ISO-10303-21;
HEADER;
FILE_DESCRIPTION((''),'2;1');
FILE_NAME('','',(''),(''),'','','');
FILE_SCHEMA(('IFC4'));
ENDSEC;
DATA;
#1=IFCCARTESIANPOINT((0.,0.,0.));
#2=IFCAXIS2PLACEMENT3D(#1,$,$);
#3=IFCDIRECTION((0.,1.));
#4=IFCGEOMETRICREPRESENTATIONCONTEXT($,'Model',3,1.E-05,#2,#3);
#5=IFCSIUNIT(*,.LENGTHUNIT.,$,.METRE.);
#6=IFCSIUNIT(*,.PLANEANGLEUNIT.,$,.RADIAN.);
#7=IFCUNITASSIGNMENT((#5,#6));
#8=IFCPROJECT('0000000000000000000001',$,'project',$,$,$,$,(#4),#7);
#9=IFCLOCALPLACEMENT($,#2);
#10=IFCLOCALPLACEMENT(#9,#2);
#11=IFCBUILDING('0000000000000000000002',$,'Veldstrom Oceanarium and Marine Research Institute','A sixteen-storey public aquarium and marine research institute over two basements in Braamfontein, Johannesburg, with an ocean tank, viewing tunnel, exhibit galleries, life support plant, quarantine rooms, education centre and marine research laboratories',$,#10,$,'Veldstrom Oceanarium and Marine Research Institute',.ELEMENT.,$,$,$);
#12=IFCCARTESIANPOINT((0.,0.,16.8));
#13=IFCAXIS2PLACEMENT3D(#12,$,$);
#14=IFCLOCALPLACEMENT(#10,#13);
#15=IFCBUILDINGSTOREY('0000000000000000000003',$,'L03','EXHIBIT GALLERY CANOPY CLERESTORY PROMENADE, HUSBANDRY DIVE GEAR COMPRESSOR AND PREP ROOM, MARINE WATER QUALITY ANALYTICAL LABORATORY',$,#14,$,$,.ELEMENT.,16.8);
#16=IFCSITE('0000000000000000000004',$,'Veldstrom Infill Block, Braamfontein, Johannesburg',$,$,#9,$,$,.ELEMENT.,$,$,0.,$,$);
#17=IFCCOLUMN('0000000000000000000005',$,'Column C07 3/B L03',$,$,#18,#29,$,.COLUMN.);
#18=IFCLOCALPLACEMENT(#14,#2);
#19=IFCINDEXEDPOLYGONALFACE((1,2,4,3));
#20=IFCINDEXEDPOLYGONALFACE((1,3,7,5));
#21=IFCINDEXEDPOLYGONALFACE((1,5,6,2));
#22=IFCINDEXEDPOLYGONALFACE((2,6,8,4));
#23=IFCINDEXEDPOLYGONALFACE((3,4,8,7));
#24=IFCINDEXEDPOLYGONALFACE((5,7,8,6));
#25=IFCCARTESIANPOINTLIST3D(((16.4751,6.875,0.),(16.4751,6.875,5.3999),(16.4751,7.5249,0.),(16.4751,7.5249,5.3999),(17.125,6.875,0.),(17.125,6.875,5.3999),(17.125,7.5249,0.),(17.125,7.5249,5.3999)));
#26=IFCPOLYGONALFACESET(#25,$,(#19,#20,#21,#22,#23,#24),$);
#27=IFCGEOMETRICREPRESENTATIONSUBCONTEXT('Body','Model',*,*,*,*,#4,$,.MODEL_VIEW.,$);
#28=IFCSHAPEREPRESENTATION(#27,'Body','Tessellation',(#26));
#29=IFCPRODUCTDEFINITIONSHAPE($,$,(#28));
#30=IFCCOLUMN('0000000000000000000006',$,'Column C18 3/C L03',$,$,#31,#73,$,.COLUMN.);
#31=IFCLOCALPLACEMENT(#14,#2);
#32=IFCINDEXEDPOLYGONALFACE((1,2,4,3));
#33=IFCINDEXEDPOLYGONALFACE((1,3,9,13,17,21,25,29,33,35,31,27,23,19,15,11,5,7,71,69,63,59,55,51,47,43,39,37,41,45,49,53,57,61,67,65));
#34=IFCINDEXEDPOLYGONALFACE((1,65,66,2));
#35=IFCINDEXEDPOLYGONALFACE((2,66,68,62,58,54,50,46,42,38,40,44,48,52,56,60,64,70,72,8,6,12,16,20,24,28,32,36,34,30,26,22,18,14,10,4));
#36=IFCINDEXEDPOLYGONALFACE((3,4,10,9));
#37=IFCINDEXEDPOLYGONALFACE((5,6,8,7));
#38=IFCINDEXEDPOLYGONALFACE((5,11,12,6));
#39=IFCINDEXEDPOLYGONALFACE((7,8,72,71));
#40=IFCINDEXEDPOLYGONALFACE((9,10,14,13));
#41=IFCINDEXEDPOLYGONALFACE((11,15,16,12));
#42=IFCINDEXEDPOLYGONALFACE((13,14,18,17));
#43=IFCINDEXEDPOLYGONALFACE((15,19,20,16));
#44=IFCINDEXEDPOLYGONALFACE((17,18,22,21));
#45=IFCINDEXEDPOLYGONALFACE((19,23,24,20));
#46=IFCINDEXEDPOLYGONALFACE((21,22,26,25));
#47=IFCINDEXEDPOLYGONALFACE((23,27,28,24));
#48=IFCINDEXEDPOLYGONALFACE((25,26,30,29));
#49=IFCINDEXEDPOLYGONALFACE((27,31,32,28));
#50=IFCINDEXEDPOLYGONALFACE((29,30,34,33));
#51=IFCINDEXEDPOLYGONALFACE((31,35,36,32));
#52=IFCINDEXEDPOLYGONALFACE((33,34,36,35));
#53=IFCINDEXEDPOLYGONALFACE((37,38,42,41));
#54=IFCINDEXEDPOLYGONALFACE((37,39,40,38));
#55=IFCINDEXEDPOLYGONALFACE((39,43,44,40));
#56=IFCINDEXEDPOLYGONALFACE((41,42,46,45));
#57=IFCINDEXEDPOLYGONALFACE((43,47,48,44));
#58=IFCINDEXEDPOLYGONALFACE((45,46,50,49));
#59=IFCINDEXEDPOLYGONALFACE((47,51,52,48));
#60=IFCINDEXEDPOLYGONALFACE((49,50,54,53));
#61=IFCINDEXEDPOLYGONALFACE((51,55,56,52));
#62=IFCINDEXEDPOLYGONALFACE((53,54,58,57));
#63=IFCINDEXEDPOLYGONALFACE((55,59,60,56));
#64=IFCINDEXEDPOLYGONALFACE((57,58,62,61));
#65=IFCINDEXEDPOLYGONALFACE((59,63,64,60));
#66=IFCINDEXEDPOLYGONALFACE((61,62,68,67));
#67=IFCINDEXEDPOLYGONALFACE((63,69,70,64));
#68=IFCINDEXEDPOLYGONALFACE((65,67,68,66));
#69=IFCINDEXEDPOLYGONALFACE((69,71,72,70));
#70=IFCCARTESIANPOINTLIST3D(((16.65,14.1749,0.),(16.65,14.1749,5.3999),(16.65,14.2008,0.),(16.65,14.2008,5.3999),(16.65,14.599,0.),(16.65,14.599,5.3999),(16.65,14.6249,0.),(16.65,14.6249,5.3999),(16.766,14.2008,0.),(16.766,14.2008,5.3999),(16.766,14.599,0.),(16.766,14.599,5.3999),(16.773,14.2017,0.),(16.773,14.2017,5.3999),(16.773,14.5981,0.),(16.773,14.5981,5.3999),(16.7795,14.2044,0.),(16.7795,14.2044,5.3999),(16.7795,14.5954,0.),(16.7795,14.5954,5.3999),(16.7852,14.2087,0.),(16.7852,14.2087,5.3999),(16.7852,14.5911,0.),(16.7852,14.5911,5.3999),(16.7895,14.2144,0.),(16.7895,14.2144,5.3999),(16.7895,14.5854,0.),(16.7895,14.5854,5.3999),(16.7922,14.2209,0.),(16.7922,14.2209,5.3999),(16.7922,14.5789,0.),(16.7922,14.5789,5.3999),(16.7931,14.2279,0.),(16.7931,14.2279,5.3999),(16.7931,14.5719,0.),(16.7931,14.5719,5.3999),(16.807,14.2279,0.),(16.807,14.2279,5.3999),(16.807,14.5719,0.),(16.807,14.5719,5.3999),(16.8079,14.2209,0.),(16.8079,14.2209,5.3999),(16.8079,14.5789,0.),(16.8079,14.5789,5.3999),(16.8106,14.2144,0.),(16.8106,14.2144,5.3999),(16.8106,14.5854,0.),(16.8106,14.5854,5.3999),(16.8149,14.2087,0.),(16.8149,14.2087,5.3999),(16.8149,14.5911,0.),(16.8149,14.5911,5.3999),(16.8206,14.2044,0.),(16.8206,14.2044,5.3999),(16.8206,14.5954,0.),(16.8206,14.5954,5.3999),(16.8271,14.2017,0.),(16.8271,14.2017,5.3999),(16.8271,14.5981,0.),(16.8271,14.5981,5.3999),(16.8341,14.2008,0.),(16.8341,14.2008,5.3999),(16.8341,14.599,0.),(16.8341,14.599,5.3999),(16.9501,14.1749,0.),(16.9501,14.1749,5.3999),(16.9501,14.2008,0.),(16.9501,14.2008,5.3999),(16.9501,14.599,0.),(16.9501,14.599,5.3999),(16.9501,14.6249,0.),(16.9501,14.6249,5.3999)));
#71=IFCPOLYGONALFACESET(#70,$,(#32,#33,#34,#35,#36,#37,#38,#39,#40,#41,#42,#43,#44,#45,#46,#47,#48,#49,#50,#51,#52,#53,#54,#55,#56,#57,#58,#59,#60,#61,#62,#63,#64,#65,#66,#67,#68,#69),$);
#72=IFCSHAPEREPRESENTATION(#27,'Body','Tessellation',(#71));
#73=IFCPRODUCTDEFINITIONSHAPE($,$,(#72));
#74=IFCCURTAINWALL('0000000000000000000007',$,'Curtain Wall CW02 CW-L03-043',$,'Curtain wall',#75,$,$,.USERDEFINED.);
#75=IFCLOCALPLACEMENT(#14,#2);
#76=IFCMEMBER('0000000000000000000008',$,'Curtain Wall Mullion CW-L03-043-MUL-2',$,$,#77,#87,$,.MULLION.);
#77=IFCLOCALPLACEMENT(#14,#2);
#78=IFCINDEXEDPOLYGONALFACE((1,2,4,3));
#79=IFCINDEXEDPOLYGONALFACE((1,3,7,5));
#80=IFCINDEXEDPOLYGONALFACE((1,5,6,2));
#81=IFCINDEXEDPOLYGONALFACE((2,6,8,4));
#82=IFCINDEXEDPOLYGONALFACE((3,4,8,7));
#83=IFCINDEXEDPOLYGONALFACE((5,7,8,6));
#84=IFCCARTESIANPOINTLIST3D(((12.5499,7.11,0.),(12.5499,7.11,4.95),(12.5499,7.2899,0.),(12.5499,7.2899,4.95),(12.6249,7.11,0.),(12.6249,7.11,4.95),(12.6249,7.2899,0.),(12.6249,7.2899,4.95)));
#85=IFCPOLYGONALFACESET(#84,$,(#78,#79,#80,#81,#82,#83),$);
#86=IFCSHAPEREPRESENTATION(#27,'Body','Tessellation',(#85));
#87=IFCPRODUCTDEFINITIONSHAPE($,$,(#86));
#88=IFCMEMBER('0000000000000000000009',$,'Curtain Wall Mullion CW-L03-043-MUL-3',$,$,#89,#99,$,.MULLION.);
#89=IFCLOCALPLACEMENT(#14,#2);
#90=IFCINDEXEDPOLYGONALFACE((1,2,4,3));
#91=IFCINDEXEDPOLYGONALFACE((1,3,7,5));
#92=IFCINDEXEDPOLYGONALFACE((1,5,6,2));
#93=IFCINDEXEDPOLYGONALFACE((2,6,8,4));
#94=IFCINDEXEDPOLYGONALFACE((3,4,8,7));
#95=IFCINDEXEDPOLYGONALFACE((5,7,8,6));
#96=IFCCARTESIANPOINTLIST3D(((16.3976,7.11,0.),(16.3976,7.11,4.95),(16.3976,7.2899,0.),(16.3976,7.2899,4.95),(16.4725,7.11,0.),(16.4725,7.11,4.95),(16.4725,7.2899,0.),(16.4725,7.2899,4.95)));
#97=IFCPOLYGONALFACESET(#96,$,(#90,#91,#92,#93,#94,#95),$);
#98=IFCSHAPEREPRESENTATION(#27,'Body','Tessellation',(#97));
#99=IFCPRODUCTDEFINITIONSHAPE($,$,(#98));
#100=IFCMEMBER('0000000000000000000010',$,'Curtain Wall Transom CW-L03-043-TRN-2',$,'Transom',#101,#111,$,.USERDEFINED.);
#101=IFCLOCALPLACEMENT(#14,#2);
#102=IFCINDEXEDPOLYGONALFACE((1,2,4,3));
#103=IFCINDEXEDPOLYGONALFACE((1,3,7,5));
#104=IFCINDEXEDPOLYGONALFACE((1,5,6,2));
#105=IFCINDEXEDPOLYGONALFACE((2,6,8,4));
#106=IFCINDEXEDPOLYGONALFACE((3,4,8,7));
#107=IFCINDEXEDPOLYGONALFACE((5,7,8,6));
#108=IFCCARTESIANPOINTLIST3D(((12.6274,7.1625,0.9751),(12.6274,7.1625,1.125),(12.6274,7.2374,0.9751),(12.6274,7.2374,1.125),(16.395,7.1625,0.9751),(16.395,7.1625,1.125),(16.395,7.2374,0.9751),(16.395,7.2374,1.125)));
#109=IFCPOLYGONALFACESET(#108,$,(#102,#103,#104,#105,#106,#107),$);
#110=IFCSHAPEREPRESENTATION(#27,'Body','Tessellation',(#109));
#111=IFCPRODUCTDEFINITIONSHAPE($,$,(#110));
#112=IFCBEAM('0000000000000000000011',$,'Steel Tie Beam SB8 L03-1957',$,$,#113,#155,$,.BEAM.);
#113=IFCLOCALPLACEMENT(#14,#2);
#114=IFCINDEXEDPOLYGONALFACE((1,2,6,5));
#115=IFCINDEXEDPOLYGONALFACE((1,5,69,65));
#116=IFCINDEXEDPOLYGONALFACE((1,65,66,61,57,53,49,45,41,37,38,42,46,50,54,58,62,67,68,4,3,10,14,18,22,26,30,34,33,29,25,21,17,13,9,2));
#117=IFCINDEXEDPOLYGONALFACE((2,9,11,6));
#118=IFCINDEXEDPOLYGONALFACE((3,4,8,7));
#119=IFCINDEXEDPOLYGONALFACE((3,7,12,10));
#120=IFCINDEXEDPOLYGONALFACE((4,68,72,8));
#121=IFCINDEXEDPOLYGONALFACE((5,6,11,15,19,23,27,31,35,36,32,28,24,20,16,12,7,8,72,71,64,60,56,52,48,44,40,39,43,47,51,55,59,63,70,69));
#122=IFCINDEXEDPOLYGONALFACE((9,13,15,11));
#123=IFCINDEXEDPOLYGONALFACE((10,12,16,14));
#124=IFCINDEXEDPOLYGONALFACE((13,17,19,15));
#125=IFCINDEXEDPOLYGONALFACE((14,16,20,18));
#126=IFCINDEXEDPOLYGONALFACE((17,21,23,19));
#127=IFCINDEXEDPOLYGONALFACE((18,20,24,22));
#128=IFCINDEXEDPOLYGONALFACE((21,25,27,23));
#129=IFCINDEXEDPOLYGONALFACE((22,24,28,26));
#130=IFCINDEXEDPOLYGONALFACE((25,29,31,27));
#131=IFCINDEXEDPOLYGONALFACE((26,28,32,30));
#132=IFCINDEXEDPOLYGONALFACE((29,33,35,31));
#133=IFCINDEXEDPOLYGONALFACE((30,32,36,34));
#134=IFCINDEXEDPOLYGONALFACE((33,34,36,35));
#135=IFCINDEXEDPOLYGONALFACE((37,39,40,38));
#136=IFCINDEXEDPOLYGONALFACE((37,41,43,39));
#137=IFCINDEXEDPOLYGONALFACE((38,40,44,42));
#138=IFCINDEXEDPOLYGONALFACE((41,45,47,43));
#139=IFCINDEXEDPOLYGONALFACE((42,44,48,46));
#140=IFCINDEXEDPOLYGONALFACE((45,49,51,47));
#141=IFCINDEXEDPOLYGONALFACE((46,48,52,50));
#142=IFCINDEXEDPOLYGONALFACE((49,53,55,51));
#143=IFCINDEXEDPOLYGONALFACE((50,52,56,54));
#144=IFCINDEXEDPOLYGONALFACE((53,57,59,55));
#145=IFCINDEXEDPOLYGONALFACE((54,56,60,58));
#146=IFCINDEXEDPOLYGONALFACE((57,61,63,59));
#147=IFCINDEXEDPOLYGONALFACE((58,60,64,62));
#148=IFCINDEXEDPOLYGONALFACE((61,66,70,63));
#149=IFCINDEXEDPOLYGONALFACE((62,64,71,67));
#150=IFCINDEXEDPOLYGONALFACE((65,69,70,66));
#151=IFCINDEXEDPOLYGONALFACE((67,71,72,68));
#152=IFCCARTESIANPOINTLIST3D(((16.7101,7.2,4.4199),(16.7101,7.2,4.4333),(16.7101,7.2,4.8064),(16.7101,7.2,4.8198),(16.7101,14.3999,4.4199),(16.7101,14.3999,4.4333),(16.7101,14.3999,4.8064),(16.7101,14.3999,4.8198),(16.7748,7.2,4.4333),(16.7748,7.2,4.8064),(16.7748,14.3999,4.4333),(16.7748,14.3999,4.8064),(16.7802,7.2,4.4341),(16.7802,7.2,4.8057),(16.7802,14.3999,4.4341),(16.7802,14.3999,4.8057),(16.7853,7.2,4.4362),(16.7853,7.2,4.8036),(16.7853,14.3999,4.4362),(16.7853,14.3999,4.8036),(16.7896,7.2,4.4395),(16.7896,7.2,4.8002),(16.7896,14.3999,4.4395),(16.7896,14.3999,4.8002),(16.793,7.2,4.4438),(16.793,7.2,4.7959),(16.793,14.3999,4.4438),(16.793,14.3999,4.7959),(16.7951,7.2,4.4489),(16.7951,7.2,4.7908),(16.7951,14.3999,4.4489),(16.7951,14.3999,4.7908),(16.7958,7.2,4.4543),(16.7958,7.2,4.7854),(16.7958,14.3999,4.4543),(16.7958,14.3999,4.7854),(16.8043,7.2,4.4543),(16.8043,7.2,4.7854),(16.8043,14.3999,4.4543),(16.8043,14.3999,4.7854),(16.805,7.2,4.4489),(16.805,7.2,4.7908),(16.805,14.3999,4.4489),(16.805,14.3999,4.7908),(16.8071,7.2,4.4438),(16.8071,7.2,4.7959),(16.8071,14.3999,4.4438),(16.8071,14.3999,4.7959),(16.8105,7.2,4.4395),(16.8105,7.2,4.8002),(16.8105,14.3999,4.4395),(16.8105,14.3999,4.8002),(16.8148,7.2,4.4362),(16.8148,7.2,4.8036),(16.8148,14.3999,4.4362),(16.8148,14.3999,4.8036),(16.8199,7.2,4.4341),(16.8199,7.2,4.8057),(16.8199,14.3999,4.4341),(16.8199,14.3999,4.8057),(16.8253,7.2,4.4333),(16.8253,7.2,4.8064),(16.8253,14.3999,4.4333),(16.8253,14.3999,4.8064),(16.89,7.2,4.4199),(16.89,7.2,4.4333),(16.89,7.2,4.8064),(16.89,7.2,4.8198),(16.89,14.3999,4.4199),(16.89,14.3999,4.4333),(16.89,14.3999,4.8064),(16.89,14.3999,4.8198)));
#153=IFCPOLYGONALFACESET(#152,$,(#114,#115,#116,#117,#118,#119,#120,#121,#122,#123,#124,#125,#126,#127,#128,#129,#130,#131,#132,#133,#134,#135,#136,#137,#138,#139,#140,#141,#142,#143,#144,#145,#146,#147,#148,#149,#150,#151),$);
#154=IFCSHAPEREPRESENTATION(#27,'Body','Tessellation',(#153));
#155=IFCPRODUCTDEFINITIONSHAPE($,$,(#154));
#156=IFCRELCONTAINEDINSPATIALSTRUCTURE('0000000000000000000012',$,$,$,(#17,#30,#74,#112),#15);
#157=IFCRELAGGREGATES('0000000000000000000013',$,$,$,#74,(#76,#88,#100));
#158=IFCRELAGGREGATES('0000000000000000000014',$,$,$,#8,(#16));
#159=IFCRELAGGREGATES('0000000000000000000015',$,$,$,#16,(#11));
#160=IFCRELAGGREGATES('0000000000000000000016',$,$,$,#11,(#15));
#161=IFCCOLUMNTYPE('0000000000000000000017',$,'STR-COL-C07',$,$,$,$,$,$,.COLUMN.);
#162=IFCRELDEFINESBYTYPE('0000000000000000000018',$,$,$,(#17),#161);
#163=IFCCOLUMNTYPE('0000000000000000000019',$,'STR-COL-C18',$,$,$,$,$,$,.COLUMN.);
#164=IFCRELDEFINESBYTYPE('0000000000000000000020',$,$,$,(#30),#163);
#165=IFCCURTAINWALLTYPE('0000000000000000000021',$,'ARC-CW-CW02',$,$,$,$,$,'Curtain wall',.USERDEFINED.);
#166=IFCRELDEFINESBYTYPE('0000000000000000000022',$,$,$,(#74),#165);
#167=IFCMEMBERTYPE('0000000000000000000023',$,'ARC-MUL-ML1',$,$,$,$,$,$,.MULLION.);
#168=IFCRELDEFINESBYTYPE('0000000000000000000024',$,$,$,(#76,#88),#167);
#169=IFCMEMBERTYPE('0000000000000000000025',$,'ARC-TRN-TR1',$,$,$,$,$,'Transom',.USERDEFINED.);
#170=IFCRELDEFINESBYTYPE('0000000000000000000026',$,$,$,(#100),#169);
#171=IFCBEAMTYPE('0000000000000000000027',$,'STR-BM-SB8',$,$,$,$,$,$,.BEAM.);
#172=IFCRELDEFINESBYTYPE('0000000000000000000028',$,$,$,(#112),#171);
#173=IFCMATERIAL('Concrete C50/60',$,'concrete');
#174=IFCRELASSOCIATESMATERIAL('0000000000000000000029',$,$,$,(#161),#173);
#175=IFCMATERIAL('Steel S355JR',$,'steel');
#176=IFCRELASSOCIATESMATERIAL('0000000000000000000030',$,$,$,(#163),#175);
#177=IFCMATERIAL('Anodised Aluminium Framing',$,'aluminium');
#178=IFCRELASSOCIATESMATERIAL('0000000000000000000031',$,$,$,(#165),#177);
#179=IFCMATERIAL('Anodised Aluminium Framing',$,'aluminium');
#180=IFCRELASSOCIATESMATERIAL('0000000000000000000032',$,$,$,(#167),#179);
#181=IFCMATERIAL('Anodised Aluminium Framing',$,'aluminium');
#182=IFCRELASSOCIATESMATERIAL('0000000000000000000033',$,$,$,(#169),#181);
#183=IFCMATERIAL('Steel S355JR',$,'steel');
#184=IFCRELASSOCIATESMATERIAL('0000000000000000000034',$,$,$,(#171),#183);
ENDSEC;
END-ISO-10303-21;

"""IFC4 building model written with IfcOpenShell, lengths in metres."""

from ifc_helpers import new_model, si_unit, direction, frame, origin, origin_2d, place, context, subcontext, project, spatial, rectangle, i_section, extrude, material, material_profile, profile_set, type_object, element, aggregate, save


model = new_model("IFC4")

# Units and contexts
model_context = context("Model", 3, precision=1e-05, world=origin(), true_north=direction((0.0, 1.0)))
body_context = subcontext(model_context, "Body", "Model", "MODEL_VIEW")
ifc_project = project(units=[si_unit("LENGTHUNIT", "METRE"), si_unit("PLANEANGLEUNIT", "RADIAN")], contexts=[model_context])

# Site, building, storey
site_placement = place(None, origin())
site = spatial("IfcSite", under=ifc_project, at=site_placement, Name="Veldstrom Infill Block, Braamfontein, Johannesburg", CompositionType="ELEMENT", RefElevation=0.0)
building_placement = place(site_placement, origin())
building = spatial("IfcBuilding", under=site, at=building_placement, Name="Veldstrom Oceanarium and Marine Research Institute", Description="A sixteen-storey public aquarium and marine research institute over two basements in Braamfontein, Johannesburg, with an ocean tank, viewing tunnel, exhibit galleries, life support plant, quarantine rooms, education centre and marine research laboratories", LongName="Veldstrom Oceanarium and Marine Research Institute", CompositionType="ELEMENT")
storey_placement = place(building_placement, frame((0.0, 0.0, 16.8)))
storey = spatial("IfcBuildingStorey", under=building, at=storey_placement, Name="L03", Description="EXHIBIT GALLERY CANOPY CLERESTORY PROMENADE, HUSBANDRY DIVE GEAR COMPRESSOR AND PREP ROOM, MARINE WATER QUALITY ANALYTICAL LABORATORY", CompositionType="ELEMENT", Elevation=16.8)

# Columns
ifc_material_1 = material(Name="Concrete C50/60", Category="concrete")
ifc_material_profile_1 = material_profile(ifc_material_1, rectangle(XDim=0.6499, YDim=0.6499, at=origin_2d()), Name="RC-COL-650x650")
ifc_profile_set_1 = profile_set([ifc_material_profile_1], Name="Concrete C50/60")
column_type_1 = type_object("IfcColumnType", Name="STR-COL-C07", PredefinedType="COLUMN", material=ifc_profile_set_1)
column_1_placement = place(storey_placement, frame((16.8, 7.2, 0.0), z_axis=(0.0, 0.0, 1.0), x_axis=(1.0, 0.0, 0.0)))
element("IfcColumn", 1, at=column_1_placement, inside=storey, type_object=column_type_1, Name="Column C07 3/B L03", PredefinedType="COLUMN", context=body_context, shape_type="SweptSolid", body=[
    extrude(rectangle(XDim=0.6499, YDim=0.6499, at=origin_2d()), origin(), (0.0, 0.0, 1.0), 5.3999),
])
ifc_material_2 = material(Name="Steel S355JR", Category="steel")
ifc_material_profile_2 = material_profile(ifc_material_2, i_section(OverallWidth=0.3, OverallDepth=0.45, WebThickness=0.0139, FlangeThickness=0.0259, FilletRadius=0.0271, at=origin_2d()), Name="HEB 450")
ifc_profile_set_2 = profile_set([ifc_material_profile_2], Name="Steel S355JR")
column_type_2 = type_object("IfcColumnType", Name="STR-COL-C18", PredefinedType="COLUMN", material=ifc_profile_set_2)
column_2_placement = place(storey_placement, frame((16.8, 14.3999, 0.0), z_axis=(0.0, 0.0, 1.0), x_axis=(1.0, 0.0, 0.0)))
element("IfcColumn", 2, at=column_2_placement, inside=storey, type_object=column_type_2, Name="Column C18 3/C L03", PredefinedType="COLUMN", context=body_context, shape_type="SweptSolid", body=[
    extrude(i_section(OverallWidth=0.3, OverallDepth=0.45, WebThickness=0.0139, FlangeThickness=0.0259, FilletRadius=0.0271, at=origin_2d()), origin(), (0.0, 0.0, 1.0), 5.3999),
])

# Curtain wall, members
ifc_material_3 = material(Name="Anodised Aluminium Framing", Category="aluminium")
curtain_wall_type = type_object("IfcCurtainWallType", Name="ARC-CW-CW02", ElementType="Curtain wall", PredefinedType="USERDEFINED", material=ifc_material_3)
curtain_wall_placement = place(storey_placement, origin())
curtain_wall = element("IfcCurtainWall", 3, at=curtain_wall_placement, inside=storey, type_object=curtain_wall_type, Name="Curtain Wall CW02 CW-L03-043", ObjectType="Curtain wall", PredefinedType="USERDEFINED")
ifc_material_4 = material(Name="Anodised Aluminium Framing", Category="aluminium")
ifc_material_profile_3 = material_profile(ifc_material_4, rectangle(XDim=0.075, YDim=0.1799, at=origin_2d()), Name="ALU-MUL-75x180")
ifc_profile_set_3 = profile_set([ifc_material_profile_3], Name="Anodised Aluminium Framing")
member_type_1 = type_object("IfcMemberType", Name="ARC-MUL-ML1", PredefinedType="MULLION", material=ifc_profile_set_3)
member_1_placement = place(storey_placement, frame((12.5874, 7.2, 0.0), z_axis=(0.0, 0.0, 1.0), x_axis=(1.0, 0.0, 0.0)))
member_1 = element("IfcMember", 4, at=member_1_placement, type_object=member_type_1, Name="Curtain Wall Mullion CW-L03-043-MUL-2", PredefinedType="MULLION", context=body_context, shape_type="SweptSolid", body=[
    extrude(rectangle(XDim=0.075, YDim=0.1799, at=origin_2d()), origin(), (0.0, 0.0, 1.0), 4.95),
])
member_2_placement = place(storey_placement, frame((16.4351, 7.2, 0.0), z_axis=(0.0, 0.0, 1.0), x_axis=(1.0, 0.0, 0.0)))
member_2 = element("IfcMember", 5, at=member_2_placement, type_object=member_type_1, Name="Curtain Wall Mullion CW-L03-043-MUL-3", PredefinedType="MULLION", context=body_context, shape_type="SweptSolid", body=[
    extrude(rectangle(XDim=0.075, YDim=0.1799, at=origin_2d()), origin(), (0.0, 0.0, 1.0), 4.95),
])
ifc_material_5 = material(Name="Anodised Aluminium Framing", Category="aluminium")
ifc_material_profile_4 = material_profile(ifc_material_5, rectangle(XDim=0.075, YDim=0.1499, at=origin_2d()), Name="ALU-TRN-75x150")
ifc_profile_set_4 = profile_set([ifc_material_profile_4], Name="Anodised Aluminium Framing")
member_type_2 = type_object("IfcMemberType", Name="ARC-TRN-TR1", ElementType="Transom", PredefinedType="USERDEFINED", material=ifc_profile_set_4)
member_3_placement = place(storey_placement, frame((12.6274, 7.2, 1.05), z_axis=(1.0, 0.0, 0.0), x_axis=(0.0, 1.0, 0.0)))
member_3 = element("IfcMember", 6, at=member_3_placement, type_object=member_type_2, Name="Curtain Wall Transom CW-L03-043-TRN-2", ObjectType="Transom", PredefinedType="USERDEFINED", context=body_context, shape_type="SweptSolid", body=[
    extrude(rectangle(XDim=0.075, YDim=0.1499, at=origin_2d()), origin(), (0.0, 0.0, 1.0), 3.7676),
])

# Beam
ifc_material_6 = material(Name="Steel S355JR", Category="steel")
ifc_material_profile_5 = material_profile(ifc_material_6, i_section(OverallWidth=0.1799, OverallDepth=0.3999, WebThickness=0.0085, FlangeThickness=0.0134, FilletRadius=0.021, at=origin_2d()), Name="IPE 400")
ifc_profile_set_5 = profile_set([ifc_material_profile_5], Name="Steel S355JR")
beam_type_1 = type_object("IfcBeamType", Name="STR-BM-SB8", PredefinedType="BEAM", material=ifc_profile_set_5)
beam_1_placement = place(storey_placement, frame((16.8, 7.2, 4.6199), z_axis=(0.0, 1.0, 0.0), x_axis=(-1.0, 0.0, 0.0)))
element("IfcBeam", 7, at=beam_1_placement, inside=storey, type_object=beam_type_1, Name="Steel Tie Beam SB8 L03-1957", PredefinedType="BEAM", context=body_context, shape_type="SweptSolid", body=[
    extrude(i_section(OverallWidth=0.1799, OverallDepth=0.3999, WebThickness=0.0085, FlangeThickness=0.0134, FilletRadius=0.021, at=origin_2d()), origin(), (0.0, 0.0, 1.0), 7.2),
])

aggregate(curtain_wall, [member_1, member_2, member_3])

save(model, "model.ifc")
